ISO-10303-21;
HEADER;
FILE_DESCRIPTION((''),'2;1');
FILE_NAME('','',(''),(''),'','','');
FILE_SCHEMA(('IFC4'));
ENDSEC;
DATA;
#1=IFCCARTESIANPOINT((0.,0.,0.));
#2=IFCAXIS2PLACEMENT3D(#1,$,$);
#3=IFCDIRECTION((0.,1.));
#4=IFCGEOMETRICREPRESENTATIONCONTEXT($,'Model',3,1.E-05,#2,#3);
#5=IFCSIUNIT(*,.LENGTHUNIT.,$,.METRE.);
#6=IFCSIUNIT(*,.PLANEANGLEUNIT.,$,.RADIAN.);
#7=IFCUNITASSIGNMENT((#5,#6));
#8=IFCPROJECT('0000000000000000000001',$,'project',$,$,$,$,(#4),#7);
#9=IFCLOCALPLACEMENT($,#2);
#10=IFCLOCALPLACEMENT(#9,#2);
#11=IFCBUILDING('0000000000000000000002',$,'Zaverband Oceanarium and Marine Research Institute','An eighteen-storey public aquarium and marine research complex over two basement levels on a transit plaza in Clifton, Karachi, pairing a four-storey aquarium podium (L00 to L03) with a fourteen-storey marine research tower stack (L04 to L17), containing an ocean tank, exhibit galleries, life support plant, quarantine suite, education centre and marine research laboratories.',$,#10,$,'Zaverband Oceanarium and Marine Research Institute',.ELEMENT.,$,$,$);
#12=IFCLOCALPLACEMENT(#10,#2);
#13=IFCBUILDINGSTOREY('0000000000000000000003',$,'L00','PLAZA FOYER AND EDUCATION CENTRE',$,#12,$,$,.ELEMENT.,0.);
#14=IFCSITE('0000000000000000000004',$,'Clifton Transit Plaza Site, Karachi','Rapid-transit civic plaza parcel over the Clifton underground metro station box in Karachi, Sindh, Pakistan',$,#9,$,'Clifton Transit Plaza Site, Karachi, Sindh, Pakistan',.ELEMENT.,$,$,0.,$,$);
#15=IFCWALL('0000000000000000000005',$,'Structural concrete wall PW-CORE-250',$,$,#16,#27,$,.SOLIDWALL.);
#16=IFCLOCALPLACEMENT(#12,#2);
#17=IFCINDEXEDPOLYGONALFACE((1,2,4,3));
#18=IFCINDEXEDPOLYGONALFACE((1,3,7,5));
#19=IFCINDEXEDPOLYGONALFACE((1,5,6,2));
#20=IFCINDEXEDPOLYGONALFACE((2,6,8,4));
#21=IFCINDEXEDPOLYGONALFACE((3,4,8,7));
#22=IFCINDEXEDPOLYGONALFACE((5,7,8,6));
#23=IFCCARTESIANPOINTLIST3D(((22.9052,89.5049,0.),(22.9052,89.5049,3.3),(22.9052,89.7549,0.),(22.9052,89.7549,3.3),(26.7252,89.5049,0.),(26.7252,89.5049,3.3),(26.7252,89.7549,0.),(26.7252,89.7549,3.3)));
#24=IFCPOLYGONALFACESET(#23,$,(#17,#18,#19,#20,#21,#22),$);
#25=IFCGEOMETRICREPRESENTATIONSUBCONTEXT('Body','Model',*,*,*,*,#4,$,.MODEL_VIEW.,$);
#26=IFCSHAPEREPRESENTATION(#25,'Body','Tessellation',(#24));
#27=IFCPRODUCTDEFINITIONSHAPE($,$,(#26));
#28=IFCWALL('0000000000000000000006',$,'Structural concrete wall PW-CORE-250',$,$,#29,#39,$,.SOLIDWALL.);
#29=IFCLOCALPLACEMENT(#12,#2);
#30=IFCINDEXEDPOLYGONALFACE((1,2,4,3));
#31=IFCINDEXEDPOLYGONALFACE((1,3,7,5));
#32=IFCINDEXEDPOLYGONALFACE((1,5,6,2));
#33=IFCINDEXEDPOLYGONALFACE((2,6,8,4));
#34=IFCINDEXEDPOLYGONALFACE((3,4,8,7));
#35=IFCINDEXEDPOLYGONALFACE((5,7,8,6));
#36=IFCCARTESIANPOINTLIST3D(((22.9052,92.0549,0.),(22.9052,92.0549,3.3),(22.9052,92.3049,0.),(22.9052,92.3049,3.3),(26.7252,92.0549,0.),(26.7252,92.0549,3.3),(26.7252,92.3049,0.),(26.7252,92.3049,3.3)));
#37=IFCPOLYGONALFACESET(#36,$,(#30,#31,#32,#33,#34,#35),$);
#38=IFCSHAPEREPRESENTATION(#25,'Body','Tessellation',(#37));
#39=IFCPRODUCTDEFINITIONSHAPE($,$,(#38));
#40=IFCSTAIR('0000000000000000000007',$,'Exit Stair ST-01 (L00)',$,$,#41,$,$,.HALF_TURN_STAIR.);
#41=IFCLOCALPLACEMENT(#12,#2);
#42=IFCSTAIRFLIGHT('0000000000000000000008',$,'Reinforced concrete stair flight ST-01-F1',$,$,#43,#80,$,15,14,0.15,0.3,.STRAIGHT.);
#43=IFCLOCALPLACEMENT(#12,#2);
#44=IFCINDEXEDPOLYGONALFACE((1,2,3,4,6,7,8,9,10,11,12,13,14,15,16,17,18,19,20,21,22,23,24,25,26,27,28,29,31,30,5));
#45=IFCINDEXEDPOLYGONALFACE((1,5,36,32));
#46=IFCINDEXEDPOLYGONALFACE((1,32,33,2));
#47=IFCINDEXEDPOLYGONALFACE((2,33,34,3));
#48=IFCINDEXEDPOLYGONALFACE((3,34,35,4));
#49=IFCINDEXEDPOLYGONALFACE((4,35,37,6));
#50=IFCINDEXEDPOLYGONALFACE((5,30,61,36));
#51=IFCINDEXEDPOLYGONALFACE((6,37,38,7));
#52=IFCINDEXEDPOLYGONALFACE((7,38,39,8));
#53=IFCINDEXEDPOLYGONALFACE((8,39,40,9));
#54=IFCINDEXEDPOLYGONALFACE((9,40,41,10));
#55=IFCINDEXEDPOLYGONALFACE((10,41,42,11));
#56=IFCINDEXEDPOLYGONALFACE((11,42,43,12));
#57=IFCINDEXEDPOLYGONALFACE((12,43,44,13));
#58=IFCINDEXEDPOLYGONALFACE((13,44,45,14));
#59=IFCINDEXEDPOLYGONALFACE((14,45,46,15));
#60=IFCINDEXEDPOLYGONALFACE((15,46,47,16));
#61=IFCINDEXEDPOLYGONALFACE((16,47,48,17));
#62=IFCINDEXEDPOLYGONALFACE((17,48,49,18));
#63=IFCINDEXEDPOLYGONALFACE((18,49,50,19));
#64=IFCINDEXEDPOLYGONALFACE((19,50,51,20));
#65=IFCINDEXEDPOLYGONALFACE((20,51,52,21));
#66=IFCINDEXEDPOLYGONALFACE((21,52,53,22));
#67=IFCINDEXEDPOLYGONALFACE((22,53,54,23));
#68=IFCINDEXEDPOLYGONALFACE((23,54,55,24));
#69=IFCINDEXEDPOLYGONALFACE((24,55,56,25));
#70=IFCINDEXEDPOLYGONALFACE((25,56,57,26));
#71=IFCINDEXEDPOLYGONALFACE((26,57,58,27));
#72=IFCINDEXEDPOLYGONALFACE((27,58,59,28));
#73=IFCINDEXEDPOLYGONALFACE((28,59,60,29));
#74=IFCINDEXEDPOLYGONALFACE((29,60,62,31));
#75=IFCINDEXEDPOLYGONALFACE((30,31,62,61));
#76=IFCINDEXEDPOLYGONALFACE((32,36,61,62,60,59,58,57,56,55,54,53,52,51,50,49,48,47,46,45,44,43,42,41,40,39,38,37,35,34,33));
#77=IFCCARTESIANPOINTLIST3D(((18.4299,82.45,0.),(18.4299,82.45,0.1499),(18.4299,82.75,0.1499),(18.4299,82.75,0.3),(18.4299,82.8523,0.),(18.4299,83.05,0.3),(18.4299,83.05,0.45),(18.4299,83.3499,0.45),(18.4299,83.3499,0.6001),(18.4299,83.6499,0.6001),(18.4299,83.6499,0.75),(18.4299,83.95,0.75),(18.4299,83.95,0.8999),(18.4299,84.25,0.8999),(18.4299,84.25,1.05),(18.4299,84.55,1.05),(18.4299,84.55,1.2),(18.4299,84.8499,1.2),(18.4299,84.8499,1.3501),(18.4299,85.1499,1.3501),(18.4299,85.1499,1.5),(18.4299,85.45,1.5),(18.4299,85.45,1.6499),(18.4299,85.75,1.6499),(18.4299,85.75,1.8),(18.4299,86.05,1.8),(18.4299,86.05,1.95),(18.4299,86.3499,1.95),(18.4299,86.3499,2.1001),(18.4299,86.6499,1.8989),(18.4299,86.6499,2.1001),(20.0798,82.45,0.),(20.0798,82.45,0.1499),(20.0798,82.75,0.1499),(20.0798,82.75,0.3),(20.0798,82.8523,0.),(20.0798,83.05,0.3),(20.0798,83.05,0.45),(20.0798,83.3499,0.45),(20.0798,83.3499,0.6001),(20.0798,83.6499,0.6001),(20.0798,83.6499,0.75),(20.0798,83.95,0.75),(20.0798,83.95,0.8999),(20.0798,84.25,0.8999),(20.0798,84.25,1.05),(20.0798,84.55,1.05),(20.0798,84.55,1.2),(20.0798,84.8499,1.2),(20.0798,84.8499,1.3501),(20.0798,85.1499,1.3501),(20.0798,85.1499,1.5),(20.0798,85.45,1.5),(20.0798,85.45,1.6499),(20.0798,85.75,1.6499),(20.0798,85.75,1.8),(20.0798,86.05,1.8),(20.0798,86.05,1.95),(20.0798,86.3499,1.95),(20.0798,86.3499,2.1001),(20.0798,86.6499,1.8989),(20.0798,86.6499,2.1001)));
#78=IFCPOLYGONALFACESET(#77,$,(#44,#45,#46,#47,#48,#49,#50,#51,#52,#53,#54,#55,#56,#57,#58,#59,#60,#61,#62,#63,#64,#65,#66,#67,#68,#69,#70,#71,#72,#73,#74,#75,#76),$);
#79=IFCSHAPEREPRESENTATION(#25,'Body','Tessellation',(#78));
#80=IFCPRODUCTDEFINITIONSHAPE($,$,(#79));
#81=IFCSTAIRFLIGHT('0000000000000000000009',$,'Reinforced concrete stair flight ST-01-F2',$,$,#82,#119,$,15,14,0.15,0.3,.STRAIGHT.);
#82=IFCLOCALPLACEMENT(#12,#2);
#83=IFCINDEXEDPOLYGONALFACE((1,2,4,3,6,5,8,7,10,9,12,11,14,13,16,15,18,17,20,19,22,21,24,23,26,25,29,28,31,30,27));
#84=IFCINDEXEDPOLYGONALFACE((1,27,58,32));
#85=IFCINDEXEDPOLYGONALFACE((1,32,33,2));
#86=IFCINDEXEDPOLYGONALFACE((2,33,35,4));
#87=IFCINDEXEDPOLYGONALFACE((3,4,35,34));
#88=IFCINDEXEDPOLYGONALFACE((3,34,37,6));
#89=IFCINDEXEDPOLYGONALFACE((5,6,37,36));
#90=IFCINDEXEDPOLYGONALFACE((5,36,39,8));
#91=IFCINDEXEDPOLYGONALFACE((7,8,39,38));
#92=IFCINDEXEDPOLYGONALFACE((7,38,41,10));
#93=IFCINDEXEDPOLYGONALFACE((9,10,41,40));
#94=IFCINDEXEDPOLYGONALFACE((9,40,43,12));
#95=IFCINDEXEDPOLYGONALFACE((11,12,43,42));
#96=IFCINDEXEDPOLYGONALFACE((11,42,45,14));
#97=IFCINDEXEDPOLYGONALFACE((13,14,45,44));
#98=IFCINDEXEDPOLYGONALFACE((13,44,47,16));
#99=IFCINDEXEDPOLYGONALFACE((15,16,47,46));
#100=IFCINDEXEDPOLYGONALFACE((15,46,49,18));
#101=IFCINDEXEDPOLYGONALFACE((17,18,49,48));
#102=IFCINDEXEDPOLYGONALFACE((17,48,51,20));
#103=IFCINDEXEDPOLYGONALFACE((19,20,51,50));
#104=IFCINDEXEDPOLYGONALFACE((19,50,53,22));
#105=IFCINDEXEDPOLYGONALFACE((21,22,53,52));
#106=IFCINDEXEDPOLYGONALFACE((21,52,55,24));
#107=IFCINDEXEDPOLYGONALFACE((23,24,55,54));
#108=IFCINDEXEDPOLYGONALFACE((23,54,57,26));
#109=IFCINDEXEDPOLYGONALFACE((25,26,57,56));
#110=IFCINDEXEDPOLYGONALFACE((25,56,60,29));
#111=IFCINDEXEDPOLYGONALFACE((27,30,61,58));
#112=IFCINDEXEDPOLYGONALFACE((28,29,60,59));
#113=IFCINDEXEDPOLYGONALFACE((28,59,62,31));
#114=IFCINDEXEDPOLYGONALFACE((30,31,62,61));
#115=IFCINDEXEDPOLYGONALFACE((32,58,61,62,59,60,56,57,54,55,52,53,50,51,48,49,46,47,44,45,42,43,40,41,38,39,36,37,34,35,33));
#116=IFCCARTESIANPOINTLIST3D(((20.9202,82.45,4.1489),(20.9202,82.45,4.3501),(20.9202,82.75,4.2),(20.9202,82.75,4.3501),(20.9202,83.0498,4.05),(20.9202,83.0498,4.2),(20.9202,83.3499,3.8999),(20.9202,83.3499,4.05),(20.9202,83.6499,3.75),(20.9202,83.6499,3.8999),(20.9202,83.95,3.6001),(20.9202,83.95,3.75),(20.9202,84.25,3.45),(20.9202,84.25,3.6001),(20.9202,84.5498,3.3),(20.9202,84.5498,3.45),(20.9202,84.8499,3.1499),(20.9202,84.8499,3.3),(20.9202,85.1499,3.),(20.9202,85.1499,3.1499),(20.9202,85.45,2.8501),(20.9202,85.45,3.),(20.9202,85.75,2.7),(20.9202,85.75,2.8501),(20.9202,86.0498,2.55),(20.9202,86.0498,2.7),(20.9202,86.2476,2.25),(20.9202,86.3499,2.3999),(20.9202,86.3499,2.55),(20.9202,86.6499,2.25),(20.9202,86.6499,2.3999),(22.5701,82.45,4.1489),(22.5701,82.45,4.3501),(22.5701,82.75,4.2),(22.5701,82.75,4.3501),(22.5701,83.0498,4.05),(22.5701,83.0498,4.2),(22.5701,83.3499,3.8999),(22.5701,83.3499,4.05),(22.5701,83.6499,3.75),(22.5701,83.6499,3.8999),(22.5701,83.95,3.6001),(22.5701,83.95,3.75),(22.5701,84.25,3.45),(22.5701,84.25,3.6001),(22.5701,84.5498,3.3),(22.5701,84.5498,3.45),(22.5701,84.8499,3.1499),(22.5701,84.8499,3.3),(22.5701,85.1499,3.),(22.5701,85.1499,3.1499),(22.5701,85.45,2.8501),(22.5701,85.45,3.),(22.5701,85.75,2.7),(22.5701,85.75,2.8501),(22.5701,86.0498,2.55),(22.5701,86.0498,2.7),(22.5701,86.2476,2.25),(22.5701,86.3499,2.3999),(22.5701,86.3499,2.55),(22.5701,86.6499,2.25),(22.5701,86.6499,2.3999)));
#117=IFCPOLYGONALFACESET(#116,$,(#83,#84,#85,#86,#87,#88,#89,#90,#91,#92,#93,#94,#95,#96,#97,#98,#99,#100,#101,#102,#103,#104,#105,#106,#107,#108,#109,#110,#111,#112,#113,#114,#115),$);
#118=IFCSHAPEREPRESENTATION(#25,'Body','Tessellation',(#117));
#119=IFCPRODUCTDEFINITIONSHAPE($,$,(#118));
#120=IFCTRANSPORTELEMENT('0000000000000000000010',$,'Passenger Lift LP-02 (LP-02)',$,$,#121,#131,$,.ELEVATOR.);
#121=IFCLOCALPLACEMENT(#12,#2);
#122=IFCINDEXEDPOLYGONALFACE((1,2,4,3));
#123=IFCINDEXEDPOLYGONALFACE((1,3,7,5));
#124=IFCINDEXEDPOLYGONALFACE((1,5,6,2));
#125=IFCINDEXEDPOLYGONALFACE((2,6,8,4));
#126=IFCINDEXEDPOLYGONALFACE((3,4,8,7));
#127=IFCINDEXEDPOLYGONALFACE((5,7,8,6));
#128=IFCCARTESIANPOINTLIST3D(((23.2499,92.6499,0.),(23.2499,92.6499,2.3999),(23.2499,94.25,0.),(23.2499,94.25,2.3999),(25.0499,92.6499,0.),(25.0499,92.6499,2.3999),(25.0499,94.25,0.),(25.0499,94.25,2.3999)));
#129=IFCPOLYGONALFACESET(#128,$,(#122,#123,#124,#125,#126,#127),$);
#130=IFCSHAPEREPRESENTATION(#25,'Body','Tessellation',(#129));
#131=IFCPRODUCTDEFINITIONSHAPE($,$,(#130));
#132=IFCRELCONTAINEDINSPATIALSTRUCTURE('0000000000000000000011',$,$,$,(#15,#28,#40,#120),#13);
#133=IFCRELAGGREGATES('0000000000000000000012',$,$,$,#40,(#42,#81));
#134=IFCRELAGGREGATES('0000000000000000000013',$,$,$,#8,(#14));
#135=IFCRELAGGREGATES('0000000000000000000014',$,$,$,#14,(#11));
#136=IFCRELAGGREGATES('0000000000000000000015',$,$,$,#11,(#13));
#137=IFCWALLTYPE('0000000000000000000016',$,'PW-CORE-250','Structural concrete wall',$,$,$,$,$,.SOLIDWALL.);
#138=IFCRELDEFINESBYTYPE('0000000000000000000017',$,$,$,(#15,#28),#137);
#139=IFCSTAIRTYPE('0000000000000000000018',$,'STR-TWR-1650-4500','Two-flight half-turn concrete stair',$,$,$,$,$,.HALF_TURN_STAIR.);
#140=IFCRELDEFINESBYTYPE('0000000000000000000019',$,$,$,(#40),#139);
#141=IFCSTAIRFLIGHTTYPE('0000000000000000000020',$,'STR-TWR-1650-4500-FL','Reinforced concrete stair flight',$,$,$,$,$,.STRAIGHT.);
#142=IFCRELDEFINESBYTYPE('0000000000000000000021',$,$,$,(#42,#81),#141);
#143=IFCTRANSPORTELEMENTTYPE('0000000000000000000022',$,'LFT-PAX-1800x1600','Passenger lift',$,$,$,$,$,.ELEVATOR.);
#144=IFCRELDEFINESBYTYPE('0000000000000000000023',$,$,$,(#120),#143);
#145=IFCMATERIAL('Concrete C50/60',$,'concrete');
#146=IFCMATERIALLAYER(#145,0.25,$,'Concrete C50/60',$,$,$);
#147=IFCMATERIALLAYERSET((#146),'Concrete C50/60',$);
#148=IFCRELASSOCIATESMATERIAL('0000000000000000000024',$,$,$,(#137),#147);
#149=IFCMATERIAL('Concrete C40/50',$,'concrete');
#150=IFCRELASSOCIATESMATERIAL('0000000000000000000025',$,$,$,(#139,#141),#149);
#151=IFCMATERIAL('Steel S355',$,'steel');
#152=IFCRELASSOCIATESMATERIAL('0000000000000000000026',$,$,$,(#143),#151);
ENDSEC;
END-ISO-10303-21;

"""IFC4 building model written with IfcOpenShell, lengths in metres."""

from ifc_helpers import new_model, si_unit, direction, frame, frame_2d, origin, origin_2d, place, context, subcontext, project, spatial, polyline, rectangle, outline, extrude, material, layer, layer_set, type_object, element, aggregate, save


model = new_model("IFC4")

# Units and contexts
model_context = context("Model", 3, precision=1e-05, world=origin(), true_north=direction((0.0, 1.0)))
body_context = subcontext(model_context, "Body", "Model", "MODEL_VIEW")
ifc_project = project(units=[si_unit("LENGTHUNIT", "METRE"), si_unit("PLANEANGLEUNIT", "RADIAN")], contexts=[model_context])

# Site, building, storey
site_placement = place(None, origin())
site = spatial("IfcSite", under=ifc_project, at=site_placement, Name="Clifton Transit Plaza Site, Karachi", Description="Rapid-transit civic plaza parcel over the Clifton underground metro station box in Karachi, Sindh, Pakistan", LongName="Clifton Transit Plaza Site, Karachi, Sindh, Pakistan", CompositionType="ELEMENT", RefElevation=0.0)
building_placement = place(site_placement, origin())
building = spatial("IfcBuilding", under=site, at=building_placement, Name="Zaverband Oceanarium and Marine Research Institute", Description="An eighteen-storey public aquarium and marine research complex over two basement levels on a transit plaza in Clifton, Karachi, pairing a four-storey aquarium podium (L00 to L03) with a fourteen-storey marine research tower stack (L04 to L17), containing an ocean tank, exhibit galleries, life support plant, quarantine suite, education centre and marine research laboratories.", LongName="Zaverband Oceanarium and Marine Research Institute", CompositionType="ELEMENT")
storey_placement = place(building_placement, origin())
storey = spatial("IfcBuildingStorey", under=building, at=storey_placement, Name="L00", Description="PLAZA FOYER AND EDUCATION CENTRE", CompositionType="ELEMENT", Elevation=0.0)

# Shared definitions
ifc_material_1 = material(Name="Concrete C50/60", Category="concrete")

# Shared definitions
ifc_material_2 = material(Name="Concrete C40/50", Category="concrete")

# Shared definitions
ifc_layer_1 = layer(ifc_material_1, 0.25, Name="Concrete C50/60")
ifc_layer_set_1 = layer_set([ifc_layer_1], Name="Concrete C50/60")
wall_type_1 = type_object("IfcWallType", Name="PW-CORE-250", Description="Structural concrete wall", PredefinedType="SOLIDWALL", material=ifc_layer_set_1)

# Shared definitions
ifc_material_3 = material(Name="Steel S355", Category="steel")

# Walls
for number, where, z_axis, x_axis, name in (
    (1, (22.905, 89.6299, 0.0), (0.0, 0.0, 1.0), (1.0, 0.0, 0.0), "Structural concrete wall PW-CORE-250"),
    (2, (22.905, 92.1799, 0.0), (0.0, 0.0, 1.0), (1.0, 0.0, 0.0), "Structural concrete wall PW-CORE-250"),
):
    element("IfcWall", number, at=place(storey_placement, frame(where, z_axis=z_axis, x_axis=x_axis)), inside=storey, type_object=wall_type_1, Name=name, PredefinedType="SOLIDWALL", context=body_context, shape_type="SweptSolid", body=[
        extrude(rectangle(XDim=3.8201, YDim=0.25, at=frame_2d((1.9102, 0.0))), origin(), (0.0, 0.0, 1.0), 3.3),
    ])

# Stair, stair flights
stair_type = type_object("IfcStairType", Name="STR-TWR-1650-4500", Description="Two-flight half-turn concrete stair", PredefinedType="HALF_TURN_STAIR", material=ifc_material_2)
stair_placement = place(storey_placement, origin())
stair = element("IfcStair", 3, at=stair_placement, inside=storey, type_object=stair_type, Name="Exit Stair ST-01 (L00)", PredefinedType="HALF_TURN_STAIR")
stair_flight_type = type_object("IfcStairFlightType", Name="STR-TWR-1650-4500-FL", Description="Reinforced concrete stair flight", PredefinedType="STRAIGHT", material=ifc_material_2)
stair_flight_1_placement = place(storey_placement, frame((19.2549, 82.45, 0.0), z_axis=(0.0, 0.0, 1.0), x_axis=(0.0, 1.0, 0.0)))
stair_flight_1 = element("IfcStairFlight", 4, at=stair_flight_1_placement, type_object=stair_flight_type, Name="Reinforced concrete stair flight ST-01-F1", NumberOfRisers=15, NumberOfTreads=14, PredefinedType="STRAIGHT", RiserHeight=0.15, TreadLength=0.3, context=body_context, shape_type="SweptSolid", body=[
    extrude(outline(polyline([(0.0, 0.0), (0.0, 0.1499), (0.3, 0.1499), (0.3, 0.3), (0.6001, 0.3), (0.6001, 0.45), (0.8999, 0.45), (0.8999, 0.6001), (1.2, 0.6001), (1.2, 0.75), (1.5, 0.75), (1.5, 0.8999), (1.8, 0.8999), (1.8, 1.05), (2.1001, 1.05), (2.1001, 1.2), (2.3999, 1.2), (2.3999, 1.3501), (2.7, 1.3501), (2.7, 1.5), (3.0, 1.5), (3.0, 1.6499), (3.3, 1.6499), (3.3, 1.8), (3.6001, 1.8), (3.6001, 1.95), (3.8999, 1.95), (3.8999, 2.1001), (4.2, 2.1001), (4.2, 2.25), (4.2, 1.8989), (0.4023, 0.0), (0.0, 0.0)])), frame((0.0, 0.825, 0.0), z_axis=(0.0, -1.0, 0.0), x_axis=(1.0, 0.0, 0.0)), (0.0, 0.0, 1.0), 1.6499),
])
stair_flight_2_placement = place(storey_placement, frame((21.7451, 86.6499, 2.25), z_axis=(0.0, 0.0, 1.0), x_axis=(0.0, -1.0, 0.0)))
stair_flight_2 = element("IfcStairFlight", 5, at=stair_flight_2_placement, type_object=stair_flight_type, Name="Reinforced concrete stair flight ST-01-F2", NumberOfRisers=15, NumberOfTreads=14, PredefinedType="STRAIGHT", RiserHeight=0.15, TreadLength=0.3, context=body_context, shape_type="SweptSolid", body=[
    extrude(outline(polyline([(0.0, 0.0), (0.0, 0.1499), (0.3, 0.1499), (0.3, 0.3), (0.6001, 0.3), (0.6001, 0.45), (0.8999, 0.45), (0.8999, 0.6001), (1.2, 0.6001), (1.2, 0.75), (1.5, 0.75), (1.5, 0.8999), (1.8, 0.8999), (1.8, 1.05), (2.1001, 1.05), (2.1001, 1.2), (2.3999, 1.2), (2.3999, 1.3501), (2.7, 1.3501), (2.7, 1.5), (3.0, 1.5), (3.0, 1.6499), (3.3, 1.6499), (3.3, 1.8), (3.6001, 1.8), (3.6001, 1.95), (3.8999, 1.95), (3.8999, 2.1001), (4.2, 2.1001), (4.2, 2.25), (4.2, 1.8989), (0.4023, 0.0), (0.0, 0.0)])), frame((0.0, 0.825, 0.0), z_axis=(0.0, -1.0, 0.0), x_axis=(1.0, 0.0, 0.0)), (0.0, 0.0, 1.0), 1.6499),
])
aggregate(stair, [stair_flight_1, stair_flight_2])

# Transport element
transport_element_type = type_object("IfcTransportElementType", Name="LFT-PAX-1800x1600", Description="Passenger lift", PredefinedType="ELEVATOR", material=ifc_material_3)
transport_element_placement = place(storey_placement, frame((24.1499, 93.45, 0.0), z_axis=(0.0, 0.0, 1.0), x_axis=(1.0, 0.0, 0.0)))
element("IfcTransportElement", 6, at=transport_element_placement, inside=storey, type_object=transport_element_type, Name="Passenger Lift LP-02 (LP-02)", PredefinedType="ELEVATOR", context=body_context, shape_type="SweptSolid", body=[
    extrude(rectangle(XDim=1.8, YDim=1.6001, at=origin_2d()), origin(), (0.0, 0.0, 1.0), 2.3999),
])

save(model, "model.ifc")
